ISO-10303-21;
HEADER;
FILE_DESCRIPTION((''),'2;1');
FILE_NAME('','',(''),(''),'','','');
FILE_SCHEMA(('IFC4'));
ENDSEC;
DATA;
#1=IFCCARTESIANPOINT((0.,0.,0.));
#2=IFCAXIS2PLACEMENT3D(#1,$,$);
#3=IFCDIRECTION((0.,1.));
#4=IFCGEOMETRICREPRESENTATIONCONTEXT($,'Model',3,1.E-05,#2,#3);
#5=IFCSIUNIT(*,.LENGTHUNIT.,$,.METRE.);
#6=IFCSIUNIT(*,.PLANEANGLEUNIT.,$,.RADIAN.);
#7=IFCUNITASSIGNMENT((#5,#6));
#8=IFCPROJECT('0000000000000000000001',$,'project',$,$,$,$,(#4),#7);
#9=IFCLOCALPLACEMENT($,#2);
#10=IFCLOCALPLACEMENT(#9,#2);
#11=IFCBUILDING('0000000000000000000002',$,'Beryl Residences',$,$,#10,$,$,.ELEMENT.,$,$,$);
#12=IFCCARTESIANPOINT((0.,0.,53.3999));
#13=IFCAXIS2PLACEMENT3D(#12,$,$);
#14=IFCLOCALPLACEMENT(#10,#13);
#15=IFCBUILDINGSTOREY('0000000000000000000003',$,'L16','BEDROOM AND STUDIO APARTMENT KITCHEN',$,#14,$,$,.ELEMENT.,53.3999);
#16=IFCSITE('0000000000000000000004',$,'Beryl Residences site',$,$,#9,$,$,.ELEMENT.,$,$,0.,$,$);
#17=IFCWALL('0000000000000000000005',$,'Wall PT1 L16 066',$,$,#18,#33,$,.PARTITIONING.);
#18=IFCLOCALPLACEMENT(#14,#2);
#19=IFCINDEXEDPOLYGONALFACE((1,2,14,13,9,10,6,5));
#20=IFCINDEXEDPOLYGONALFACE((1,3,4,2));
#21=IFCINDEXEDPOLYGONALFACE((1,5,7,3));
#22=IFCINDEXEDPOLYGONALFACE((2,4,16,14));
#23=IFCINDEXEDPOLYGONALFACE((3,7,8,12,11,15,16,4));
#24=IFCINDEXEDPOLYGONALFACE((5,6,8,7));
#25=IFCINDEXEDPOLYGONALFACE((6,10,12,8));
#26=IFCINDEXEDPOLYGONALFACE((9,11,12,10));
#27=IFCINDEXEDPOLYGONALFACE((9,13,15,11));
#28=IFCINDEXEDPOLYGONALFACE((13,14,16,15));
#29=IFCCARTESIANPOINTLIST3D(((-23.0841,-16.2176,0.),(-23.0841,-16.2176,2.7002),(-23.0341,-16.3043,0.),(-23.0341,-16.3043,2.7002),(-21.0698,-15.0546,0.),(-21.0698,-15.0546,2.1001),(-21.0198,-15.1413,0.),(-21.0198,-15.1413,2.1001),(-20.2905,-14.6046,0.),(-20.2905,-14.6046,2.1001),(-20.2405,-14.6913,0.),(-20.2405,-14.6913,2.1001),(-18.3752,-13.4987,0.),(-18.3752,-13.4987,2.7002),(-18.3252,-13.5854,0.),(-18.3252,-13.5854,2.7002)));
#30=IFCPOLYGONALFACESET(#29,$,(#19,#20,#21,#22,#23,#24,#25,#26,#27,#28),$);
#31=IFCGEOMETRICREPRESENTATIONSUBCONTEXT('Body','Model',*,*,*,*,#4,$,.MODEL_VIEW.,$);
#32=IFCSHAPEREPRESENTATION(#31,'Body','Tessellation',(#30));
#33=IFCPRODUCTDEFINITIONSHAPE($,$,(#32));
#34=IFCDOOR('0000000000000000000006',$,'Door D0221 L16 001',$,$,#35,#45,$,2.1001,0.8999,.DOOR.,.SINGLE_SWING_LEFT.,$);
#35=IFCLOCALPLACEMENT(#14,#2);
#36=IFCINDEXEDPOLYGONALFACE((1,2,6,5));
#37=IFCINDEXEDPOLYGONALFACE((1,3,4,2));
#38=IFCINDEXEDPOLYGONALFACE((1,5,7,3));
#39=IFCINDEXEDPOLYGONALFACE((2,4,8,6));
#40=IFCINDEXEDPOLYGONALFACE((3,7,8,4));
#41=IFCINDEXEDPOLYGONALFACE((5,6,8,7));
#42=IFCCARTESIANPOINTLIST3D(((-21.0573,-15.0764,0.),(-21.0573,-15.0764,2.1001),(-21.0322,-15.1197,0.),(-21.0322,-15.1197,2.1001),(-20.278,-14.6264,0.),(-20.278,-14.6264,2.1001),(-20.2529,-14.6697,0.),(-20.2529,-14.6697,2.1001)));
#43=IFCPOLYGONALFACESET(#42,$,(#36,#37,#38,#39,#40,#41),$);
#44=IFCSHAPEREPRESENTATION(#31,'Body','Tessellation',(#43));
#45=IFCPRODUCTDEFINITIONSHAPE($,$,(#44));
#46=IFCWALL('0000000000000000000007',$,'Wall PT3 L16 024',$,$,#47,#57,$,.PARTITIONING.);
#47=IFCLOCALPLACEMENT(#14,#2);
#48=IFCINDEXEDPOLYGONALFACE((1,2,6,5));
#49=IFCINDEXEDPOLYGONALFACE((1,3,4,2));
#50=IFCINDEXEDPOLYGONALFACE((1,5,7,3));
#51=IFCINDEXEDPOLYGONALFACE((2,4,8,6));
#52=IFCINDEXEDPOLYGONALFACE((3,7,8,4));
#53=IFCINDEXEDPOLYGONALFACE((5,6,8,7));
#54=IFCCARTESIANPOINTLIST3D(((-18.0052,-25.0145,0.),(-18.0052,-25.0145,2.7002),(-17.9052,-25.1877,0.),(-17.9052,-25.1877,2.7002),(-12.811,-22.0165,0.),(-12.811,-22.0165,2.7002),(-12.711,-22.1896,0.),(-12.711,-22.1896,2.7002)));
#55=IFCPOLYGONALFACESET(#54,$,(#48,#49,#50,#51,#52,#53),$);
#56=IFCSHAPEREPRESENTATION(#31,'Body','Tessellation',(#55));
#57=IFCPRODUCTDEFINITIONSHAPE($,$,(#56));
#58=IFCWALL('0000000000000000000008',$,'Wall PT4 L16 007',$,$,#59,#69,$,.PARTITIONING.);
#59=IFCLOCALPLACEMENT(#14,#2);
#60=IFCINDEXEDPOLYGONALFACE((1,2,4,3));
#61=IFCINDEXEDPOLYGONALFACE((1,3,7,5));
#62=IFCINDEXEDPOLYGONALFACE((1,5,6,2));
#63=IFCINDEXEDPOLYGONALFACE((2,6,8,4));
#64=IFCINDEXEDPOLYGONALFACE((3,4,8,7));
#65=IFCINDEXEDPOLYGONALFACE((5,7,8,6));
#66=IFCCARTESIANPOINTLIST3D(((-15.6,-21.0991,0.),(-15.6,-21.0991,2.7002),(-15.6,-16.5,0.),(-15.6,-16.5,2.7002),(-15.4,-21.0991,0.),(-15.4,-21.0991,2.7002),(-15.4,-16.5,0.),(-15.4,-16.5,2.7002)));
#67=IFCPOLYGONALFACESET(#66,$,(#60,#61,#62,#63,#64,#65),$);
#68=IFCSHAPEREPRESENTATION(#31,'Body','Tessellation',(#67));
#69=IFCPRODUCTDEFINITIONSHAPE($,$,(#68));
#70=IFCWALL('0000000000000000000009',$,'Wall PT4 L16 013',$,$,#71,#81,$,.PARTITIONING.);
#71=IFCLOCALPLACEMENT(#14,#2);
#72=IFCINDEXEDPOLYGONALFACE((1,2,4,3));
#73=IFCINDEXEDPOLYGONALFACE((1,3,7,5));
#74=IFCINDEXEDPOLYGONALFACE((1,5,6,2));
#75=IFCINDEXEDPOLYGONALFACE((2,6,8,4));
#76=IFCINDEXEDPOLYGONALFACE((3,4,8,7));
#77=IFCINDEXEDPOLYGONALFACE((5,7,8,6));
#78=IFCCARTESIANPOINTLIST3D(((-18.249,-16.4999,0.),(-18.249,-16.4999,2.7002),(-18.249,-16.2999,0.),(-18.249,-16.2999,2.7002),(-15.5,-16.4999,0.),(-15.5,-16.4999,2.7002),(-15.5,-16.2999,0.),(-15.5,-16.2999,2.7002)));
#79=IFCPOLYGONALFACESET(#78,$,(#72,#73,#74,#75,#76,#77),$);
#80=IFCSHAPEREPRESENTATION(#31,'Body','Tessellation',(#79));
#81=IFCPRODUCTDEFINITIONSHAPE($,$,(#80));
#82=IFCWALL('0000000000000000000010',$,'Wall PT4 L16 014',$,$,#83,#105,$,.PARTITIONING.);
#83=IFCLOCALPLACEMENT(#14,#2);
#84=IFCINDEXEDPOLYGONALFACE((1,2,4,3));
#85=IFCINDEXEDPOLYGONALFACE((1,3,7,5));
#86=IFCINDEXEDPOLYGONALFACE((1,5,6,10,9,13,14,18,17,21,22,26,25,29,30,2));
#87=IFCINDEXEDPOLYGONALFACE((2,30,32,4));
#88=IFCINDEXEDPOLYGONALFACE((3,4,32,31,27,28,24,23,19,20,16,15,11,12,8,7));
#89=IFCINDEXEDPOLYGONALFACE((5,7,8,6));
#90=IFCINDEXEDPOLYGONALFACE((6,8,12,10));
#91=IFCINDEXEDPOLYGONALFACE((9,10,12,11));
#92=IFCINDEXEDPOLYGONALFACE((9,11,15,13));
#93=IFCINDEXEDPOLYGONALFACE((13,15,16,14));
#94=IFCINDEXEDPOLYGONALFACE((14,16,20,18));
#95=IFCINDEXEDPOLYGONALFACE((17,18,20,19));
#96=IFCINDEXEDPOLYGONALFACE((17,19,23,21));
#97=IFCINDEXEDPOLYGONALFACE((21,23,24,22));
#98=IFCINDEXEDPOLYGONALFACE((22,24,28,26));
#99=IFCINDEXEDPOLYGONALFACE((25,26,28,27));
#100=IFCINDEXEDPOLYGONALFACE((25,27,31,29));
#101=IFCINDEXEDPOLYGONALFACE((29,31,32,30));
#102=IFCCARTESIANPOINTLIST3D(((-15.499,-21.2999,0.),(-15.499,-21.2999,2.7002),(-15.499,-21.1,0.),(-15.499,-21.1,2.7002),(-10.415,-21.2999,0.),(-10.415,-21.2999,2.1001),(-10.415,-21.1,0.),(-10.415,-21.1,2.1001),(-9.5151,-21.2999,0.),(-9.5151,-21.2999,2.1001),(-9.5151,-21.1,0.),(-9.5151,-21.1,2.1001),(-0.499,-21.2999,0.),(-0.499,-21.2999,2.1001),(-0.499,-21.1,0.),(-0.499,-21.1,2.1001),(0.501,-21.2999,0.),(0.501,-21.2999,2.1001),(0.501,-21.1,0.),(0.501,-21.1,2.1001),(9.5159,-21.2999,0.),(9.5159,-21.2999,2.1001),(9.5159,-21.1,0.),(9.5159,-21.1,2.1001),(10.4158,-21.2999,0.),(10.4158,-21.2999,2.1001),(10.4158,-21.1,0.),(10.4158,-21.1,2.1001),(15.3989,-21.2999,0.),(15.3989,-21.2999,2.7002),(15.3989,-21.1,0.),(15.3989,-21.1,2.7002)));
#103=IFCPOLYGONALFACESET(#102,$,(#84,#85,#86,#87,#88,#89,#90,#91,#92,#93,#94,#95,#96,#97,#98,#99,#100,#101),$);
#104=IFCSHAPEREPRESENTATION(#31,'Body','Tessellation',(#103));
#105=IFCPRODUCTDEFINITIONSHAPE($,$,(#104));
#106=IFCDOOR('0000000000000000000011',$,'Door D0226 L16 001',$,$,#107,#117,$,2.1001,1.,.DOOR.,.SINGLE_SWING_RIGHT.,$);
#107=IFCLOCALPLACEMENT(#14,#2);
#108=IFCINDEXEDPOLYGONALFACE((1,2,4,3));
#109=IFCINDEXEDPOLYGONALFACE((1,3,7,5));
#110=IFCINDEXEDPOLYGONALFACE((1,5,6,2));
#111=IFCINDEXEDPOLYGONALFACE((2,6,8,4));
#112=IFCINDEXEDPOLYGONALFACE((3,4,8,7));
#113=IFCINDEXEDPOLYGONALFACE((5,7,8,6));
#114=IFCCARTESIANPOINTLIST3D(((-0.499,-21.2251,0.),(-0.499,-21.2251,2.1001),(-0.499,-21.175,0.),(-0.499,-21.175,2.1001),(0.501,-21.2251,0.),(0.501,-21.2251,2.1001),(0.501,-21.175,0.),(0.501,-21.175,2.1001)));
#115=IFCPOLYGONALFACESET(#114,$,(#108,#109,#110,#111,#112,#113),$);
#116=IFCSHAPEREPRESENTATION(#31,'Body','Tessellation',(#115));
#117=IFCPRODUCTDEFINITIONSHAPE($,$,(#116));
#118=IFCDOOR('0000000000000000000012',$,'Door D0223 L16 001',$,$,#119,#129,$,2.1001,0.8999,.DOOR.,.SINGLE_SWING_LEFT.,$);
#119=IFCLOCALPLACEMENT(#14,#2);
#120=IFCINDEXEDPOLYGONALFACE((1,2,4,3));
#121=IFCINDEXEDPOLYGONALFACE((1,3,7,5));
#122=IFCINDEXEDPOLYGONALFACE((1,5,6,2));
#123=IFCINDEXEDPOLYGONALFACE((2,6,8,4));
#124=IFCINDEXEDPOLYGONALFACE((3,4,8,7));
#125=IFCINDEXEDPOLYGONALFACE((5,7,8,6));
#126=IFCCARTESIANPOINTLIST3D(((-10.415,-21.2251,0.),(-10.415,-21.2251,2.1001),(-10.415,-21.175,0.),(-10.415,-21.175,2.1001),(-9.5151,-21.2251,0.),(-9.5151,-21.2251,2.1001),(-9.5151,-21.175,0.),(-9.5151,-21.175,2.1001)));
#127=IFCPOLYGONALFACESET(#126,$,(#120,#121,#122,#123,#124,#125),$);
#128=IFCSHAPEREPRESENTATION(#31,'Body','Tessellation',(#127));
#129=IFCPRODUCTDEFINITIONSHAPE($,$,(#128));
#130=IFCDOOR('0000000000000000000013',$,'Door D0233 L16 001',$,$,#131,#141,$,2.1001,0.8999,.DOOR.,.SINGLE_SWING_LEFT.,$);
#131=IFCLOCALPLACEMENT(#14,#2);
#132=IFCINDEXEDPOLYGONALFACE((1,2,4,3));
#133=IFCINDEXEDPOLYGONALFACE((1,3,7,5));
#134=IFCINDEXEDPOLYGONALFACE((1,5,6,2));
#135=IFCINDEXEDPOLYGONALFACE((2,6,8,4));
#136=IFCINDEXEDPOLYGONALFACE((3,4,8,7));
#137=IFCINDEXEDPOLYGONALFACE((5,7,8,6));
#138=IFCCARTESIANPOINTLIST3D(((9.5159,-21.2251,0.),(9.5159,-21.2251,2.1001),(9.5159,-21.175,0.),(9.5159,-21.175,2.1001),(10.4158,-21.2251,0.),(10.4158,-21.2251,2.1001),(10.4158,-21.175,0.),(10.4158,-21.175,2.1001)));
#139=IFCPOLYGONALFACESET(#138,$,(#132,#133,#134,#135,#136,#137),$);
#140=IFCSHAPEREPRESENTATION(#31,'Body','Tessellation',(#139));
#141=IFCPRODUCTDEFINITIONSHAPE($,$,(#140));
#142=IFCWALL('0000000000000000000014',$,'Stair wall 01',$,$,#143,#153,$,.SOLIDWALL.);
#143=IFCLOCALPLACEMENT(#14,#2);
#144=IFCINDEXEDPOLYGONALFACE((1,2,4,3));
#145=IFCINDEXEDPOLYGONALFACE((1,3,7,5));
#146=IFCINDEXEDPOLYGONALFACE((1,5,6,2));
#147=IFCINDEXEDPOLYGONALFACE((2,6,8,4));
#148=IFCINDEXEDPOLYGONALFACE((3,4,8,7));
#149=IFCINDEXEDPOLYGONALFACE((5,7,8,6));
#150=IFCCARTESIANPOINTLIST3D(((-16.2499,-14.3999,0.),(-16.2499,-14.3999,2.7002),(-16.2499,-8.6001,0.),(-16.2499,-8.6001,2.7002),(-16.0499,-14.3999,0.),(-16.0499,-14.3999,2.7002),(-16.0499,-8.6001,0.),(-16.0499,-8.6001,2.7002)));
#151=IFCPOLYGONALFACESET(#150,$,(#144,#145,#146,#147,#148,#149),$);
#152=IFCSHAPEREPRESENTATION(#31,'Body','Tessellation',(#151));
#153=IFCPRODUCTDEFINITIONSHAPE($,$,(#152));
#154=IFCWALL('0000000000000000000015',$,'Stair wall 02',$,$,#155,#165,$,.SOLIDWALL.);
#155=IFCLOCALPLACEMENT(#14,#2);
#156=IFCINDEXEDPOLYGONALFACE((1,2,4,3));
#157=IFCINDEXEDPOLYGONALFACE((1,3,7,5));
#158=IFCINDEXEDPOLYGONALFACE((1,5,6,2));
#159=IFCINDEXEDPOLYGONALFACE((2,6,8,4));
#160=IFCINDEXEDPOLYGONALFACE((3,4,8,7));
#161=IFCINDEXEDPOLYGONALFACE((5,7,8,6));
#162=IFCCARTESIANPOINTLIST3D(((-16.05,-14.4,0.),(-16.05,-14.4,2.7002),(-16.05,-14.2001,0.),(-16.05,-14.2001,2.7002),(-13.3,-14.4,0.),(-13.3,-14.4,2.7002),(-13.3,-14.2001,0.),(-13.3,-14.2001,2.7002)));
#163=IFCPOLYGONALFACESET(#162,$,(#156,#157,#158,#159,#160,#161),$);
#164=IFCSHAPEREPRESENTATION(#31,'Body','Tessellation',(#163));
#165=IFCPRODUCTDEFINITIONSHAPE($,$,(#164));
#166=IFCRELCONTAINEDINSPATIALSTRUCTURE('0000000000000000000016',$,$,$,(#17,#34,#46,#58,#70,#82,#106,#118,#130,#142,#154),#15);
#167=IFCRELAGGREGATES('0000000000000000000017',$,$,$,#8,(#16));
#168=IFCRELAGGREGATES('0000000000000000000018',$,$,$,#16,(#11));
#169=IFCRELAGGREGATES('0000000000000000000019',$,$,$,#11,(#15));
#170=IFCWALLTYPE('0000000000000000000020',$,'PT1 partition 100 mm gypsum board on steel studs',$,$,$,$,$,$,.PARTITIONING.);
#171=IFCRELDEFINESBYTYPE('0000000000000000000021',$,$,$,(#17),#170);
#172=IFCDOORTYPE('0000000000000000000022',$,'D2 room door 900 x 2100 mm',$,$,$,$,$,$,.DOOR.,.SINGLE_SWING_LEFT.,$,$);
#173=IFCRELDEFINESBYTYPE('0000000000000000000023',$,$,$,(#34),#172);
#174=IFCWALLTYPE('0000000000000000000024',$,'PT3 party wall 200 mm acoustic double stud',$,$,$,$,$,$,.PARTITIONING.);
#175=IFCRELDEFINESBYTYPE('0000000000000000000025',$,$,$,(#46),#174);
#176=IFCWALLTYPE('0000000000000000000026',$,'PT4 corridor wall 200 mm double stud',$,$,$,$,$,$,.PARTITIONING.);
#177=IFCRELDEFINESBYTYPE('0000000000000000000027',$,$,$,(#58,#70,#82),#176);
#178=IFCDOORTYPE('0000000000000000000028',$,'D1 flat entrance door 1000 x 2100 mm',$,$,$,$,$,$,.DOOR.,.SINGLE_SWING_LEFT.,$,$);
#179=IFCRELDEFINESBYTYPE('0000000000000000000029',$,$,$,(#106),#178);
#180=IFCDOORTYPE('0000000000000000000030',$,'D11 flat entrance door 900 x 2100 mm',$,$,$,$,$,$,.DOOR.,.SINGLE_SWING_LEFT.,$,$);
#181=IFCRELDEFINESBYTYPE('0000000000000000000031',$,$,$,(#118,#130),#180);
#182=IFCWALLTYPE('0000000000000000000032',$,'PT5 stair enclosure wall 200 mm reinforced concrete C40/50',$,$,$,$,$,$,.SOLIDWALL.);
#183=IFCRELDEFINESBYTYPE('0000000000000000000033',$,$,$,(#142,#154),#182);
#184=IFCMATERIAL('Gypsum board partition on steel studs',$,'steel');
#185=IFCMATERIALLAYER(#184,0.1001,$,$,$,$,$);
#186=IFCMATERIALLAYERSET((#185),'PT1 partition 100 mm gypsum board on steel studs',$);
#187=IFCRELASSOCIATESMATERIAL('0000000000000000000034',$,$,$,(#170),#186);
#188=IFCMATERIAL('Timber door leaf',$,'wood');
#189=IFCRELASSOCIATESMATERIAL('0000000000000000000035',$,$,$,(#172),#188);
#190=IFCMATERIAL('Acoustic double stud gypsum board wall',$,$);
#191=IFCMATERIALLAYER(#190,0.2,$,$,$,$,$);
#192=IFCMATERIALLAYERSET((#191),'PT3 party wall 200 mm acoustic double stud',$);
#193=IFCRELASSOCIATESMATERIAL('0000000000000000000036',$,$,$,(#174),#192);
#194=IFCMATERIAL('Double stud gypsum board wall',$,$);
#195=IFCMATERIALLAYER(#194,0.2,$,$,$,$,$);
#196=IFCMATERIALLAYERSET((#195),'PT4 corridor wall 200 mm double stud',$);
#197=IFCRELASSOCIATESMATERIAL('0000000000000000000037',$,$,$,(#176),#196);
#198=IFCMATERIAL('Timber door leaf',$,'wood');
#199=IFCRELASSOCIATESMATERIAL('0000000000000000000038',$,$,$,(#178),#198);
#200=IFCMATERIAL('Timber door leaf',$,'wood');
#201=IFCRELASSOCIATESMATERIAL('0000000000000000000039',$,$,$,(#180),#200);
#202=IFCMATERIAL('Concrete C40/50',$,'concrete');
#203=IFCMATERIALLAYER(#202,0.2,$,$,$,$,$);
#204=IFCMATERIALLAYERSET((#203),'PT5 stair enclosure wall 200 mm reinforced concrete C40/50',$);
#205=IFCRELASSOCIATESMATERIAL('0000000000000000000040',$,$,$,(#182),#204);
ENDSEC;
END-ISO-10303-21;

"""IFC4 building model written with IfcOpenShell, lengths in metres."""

from ifc_helpers import new_model, si_unit, direction, frame, frame_2d, origin, place, context, subcontext, project, spatial, rectangle, extrude, material, layer, layer_set, type_object, element, fill, save


model = new_model("IFC4")

# Units and contexts
model_context = context("Model", 3, precision=1e-05, world=origin(), true_north=direction((0.0, 1.0)))
body_context = subcontext(model_context, "Body", "Model", "MODEL_VIEW")
ifc_project = project(units=[si_unit("LENGTHUNIT", "METRE"), si_unit("PLANEANGLEUNIT", "RADIAN")], contexts=[model_context])

# Site, building, storey
site_placement = place(None, origin())
site = spatial("IfcSite", under=ifc_project, at=site_placement, Name="Beryl Residences site", CompositionType="ELEMENT", RefElevation=0.0)
building_placement = place(site_placement, origin())
building = spatial("IfcBuilding", under=site, at=building_placement, Name="Beryl Residences", CompositionType="ELEMENT")
storey_placement = place(building_placement, frame((0.0, 0.0, 53.3999)))
storey = spatial("IfcBuildingStorey", under=building, at=storey_placement, Name="L16", Description="BEDROOM AND STUDIO APARTMENT KITCHEN", CompositionType="ELEMENT", Elevation=53.3999)

# Wall, opening, door
ifc_material_1 = material(Name="Gypsum board partition on steel studs", Category="steel")
ifc_layer_1 = layer(ifc_material_1, 0.1001)
ifc_layer_set_1 = layer_set([ifc_layer_1], Name="PT1 partition 100 mm gypsum board on steel studs")
wall_type_1 = type_object("IfcWallType", Name="PT1 partition 100 mm gypsum board on steel studs", PredefinedType="PARTITIONING", material=ifc_layer_set_1)
ifc_material_2 = material(Name="Timber door leaf", Category="wood")
door_type_1 = type_object("IfcDoorType", Name="D2 room door 900 x 2100 mm", OperationType="SINGLE_SWING_LEFT", PredefinedType="DOOR", material=ifc_material_2)
wall_1_placement = place(storey_placement, frame((-23.0591, -16.261, 0.0), z_axis=(0.0, 0.0, 1.0), x_axis=(0.866005, 0.500036, 0.0)))
wall_1 = element("IfcWall", 1, at=wall_1_placement, inside=storey, type_object=wall_type_1, Name="Wall PT1 L16 066", PredefinedType="PARTITIONING", context=body_context, shape_type="SweptSolid", body=[
    extrude(rectangle(XDim=5.4375, YDim=0.1001, at=frame_2d((2.7188, 0.0))), origin(), (0.0, 0.0, 1.0), 2.7002),
])
opening_1_placement = place(wall_1_placement, frame((2.3259, 0.0, 0.0)))
opening_1 = element("IfcOpeningElement", 2, at=opening_1_placement, cuts=wall_1, PredefinedType="OPENING", context=body_context, shape_type="SweptSolid", body=[
    extrude(rectangle(XDim=0.8999, YDim=2.1001, at=frame_2d((0.45, 1.05))), frame((0.0, 0.0601, 0.0), z_axis=(0.0, -1.0, 0.0), x_axis=(1.0, 0.0, 0.0)), (0.0, 0.0, 1.0), 0.1201),
])
door_1_placement = place(opening_1_placement, origin())
door_1 = element("IfcDoor", 3, at=door_1_placement, inside=storey, type_object=door_type_1, Name="Door D0221 L16 001", OperationType="SINGLE_SWING_LEFT", OverallHeight=2.1001, OverallWidth=0.8999, PredefinedType="DOOR", context=body_context, shape_type="SweptSolid", body=[
    extrude(rectangle(XDim=0.8999, YDim=2.1001, at=frame_2d((0.45, 1.05))), frame((0.0, 0.0249, 0.0), z_axis=(0.0, -1.0, 0.0), x_axis=(1.0, 0.0, 0.0)), (0.0, 0.0, 1.0), 0.05),
])
fill(opening_1, door_1)

# Walls
ifc_material_3 = material(Name="Acoustic double stud gypsum board wall")
ifc_layer_2 = layer(ifc_material_3, 0.2)
ifc_layer_set_2 = layer_set([ifc_layer_2], Name="PT3 party wall 200 mm acoustic double stud")
wall_type_2 = type_object("IfcWallType", Name="PT3 party wall 200 mm acoustic double stud", PredefinedType="PARTITIONING", material=ifc_layer_set_2)
wall_2_placement = place(storey_placement, frame((-17.9551, -25.1011, 0.0), z_axis=(0.0, 0.0, 1.0), x_axis=(0.866081, 0.499905, 0.0)))
element("IfcWall", 4, at=wall_2_placement, inside=storey, type_object=wall_type_2, Name="Wall PT3 L16 024", PredefinedType="PARTITIONING", context=body_context, shape_type="SweptSolid", body=[
    extrude(rectangle(XDim=5.9973, YDim=0.2, at=frame_2d((2.9985, 0.0))), origin(), (0.0, 0.0, 1.0), 2.7002),
])
ifc_material_4 = material(Name="Double stud gypsum board wall")
ifc_layer_3 = layer(ifc_material_4, 0.2)
ifc_layer_set_3 = layer_set([ifc_layer_3], Name="PT4 corridor wall 200 mm double stud")
wall_type_3 = type_object("IfcWallType", Name="PT4 corridor wall 200 mm double stud", PredefinedType="PARTITIONING", material=ifc_layer_set_3)
wall_3_placement = place(storey_placement, frame((-15.5, -16.5, 0.0), z_axis=(0.0, 0.0, 1.0), x_axis=(0.0, -1.0, 0.0)))
element("IfcWall", 5, at=wall_3_placement, inside=storey, type_object=wall_type_3, Name="Wall PT4 L16 007", PredefinedType="PARTITIONING", context=body_context, shape_type="SweptSolid", body=[
    extrude(rectangle(XDim=4.5991, YDim=0.2, at=frame_2d((2.2996, 0.0))), origin(), (0.0, 0.0, 1.0), 2.7002),
])
wall_4_placement = place(storey_placement, frame((-18.249, -16.3999, 0.0), z_axis=(0.0, 0.0, 1.0), x_axis=(1.0, 0.0, 0.0)))
element("IfcWall", 6, at=wall_4_placement, inside=storey, type_object=wall_type_3, Name="Wall PT4 L16 013", PredefinedType="PARTITIONING", context=body_context, shape_type="SweptSolid", body=[
    extrude(rectangle(XDim=2.749, YDim=0.2, at=frame_2d((1.3745, 0.0))), origin(), (0.0, 0.0, 1.0), 2.7002),
])

# Wall, openings, doors
wall_5_placement = place(storey_placement, frame((-15.499, -21.2, 0.0), z_axis=(0.0, 0.0, 1.0), x_axis=(1.0, 0.0, 0.0)))
wall_5 = element("IfcWall", 7, at=wall_5_placement, inside=storey, type_object=wall_type_3, Name="Wall PT4 L16 014", PredefinedType="PARTITIONING", context=body_context, shape_type="SweptSolid", body=[
    extrude(rectangle(XDim=30.8979, YDim=0.2, at=frame_2d((15.449, 0.0))), origin(), (0.0, 0.0, 1.0), 2.7002),
])
opening_2_placement = place(wall_5_placement, frame((5.084, 0.0, 0.0)))
opening_2 = element("IfcOpeningElement", 8, at=opening_2_placement, cuts=wall_5, PredefinedType="OPENING", context=body_context, shape_type="SweptSolid", body=[
    extrude(rectangle(XDim=0.8999, YDim=2.1001, at=frame_2d((0.45, 1.05))), frame((0.0, 0.1099, 0.0), z_axis=(0.0, -1.0, 0.0), x_axis=(1.0, 0.0, 0.0)), (0.0, 0.0, 1.0), 0.22),
])
opening_3_placement = place(wall_5_placement, frame((15.0, 0.0, 0.0)))
opening_3 = element("IfcOpeningElement", 9, at=opening_3_placement, cuts=wall_5, PredefinedType="OPENING", context=body_context, shape_type="SweptSolid", body=[
    extrude(rectangle(XDim=1.0, YDim=2.1001, at=frame_2d((0.5, 1.05))), frame((0.0, 0.1099, 0.0), z_axis=(0.0, -1.0, 0.0), x_axis=(1.0, 0.0, 0.0)), (0.0, 0.0, 1.0), 0.22),
])
opening_4_placement = place(wall_5_placement, frame((25.0149, 0.0, 0.0)))
opening_4 = element("IfcOpeningElement", 10, at=opening_4_placement, cuts=wall_5, PredefinedType="OPENING", context=body_context, shape_type="SweptSolid", body=[
    extrude(rectangle(XDim=0.8999, YDim=2.1001, at=frame_2d((0.45, 1.05))), frame((0.0, 0.1099, 0.0), z_axis=(0.0, -1.0, 0.0), x_axis=(1.0, 0.0, 0.0)), (0.0, 0.0, 1.0), 0.22),
])
ifc_material_5 = material(Name="Timber door leaf", Category="wood")
door_type_2 = type_object("IfcDoorType", Name="D1 flat entrance door 1000 x 2100 mm", OperationType="SINGLE_SWING_LEFT", PredefinedType="DOOR", material=ifc_material_5)
door_2_placement = place(opening_3_placement, origin())
door_2 = element("IfcDoor", 11, at=door_2_placement, inside=storey, type_object=door_type_2, Name="Door D0226 L16 001", OperationType="SINGLE_SWING_RIGHT", OverallHeight=2.1001, OverallWidth=1.0, PredefinedType="DOOR", context=body_context, shape_type="SweptSolid", body=[
    extrude(rectangle(XDim=1.0, YDim=2.1001, at=frame_2d((0.5, 1.05))), frame((0.0, 0.0249, 0.0), z_axis=(0.0, -1.0, 0.0), x_axis=(1.0, 0.0, 0.0)), (0.0, 0.0, 1.0), 0.05),
])
fill(opening_3, door_2)
ifc_material_6 = material(Name="Timber door leaf", Category="wood")
door_type_3 = type_object("IfcDoorType", Name="D11 flat entrance door 900 x 2100 mm", OperationType="SINGLE_SWING_LEFT", PredefinedType="DOOR", material=ifc_material_6)
door_3_placement = place(opening_2_placement, origin())
door_3 = element("IfcDoor", 12, at=door_3_placement, inside=storey, type_object=door_type_3, Name="Door D0223 L16 001", OperationType="SINGLE_SWING_LEFT", OverallHeight=2.1001, OverallWidth=0.8999, PredefinedType="DOOR", context=body_context, shape_type="SweptSolid", body=[
    extrude(rectangle(XDim=0.8999, YDim=2.1001, at=frame_2d((0.45, 1.05))), frame((0.0, 0.0249, 0.0), z_axis=(0.0, -1.0, 0.0), x_axis=(1.0, 0.0, 0.0)), (0.0, 0.0, 1.0), 0.05),
])
fill(opening_2, door_3)
door_4_placement = place(opening_4_placement, origin())
door_4 = element("IfcDoor", 13, at=door_4_placement, inside=storey, type_object=door_type_3, Name="Door D0233 L16 001", OperationType="SINGLE_SWING_LEFT", OverallHeight=2.1001, OverallWidth=0.8999, PredefinedType="DOOR", context=body_context, shape_type="SweptSolid", body=[
    extrude(rectangle(XDim=0.8999, YDim=2.1001, at=frame_2d((0.45, 1.05))), frame((0.0, 0.0249, 0.0), z_axis=(0.0, -1.0, 0.0), x_axis=(1.0, 0.0, 0.0)), (0.0, 0.0, 1.0), 0.05),
])
fill(opening_4, door_4)

# Walls
ifc_material_7 = material(Name="Concrete C40/50", Category="concrete")
ifc_layer_4 = layer(ifc_material_7, 0.2)
ifc_layer_set_4 = layer_set([ifc_layer_4], Name="PT5 stair enclosure wall 200 mm reinforced concrete C40/50")
wall_type_4 = type_object("IfcWallType", Name="PT5 stair enclosure wall 200 mm reinforced concrete C40/50", PredefinedType="SOLIDWALL", material=ifc_layer_set_4)
wall_6_placement = place(storey_placement, frame((-16.1499, -14.3999, 0.0), z_axis=(0.0, 0.0, 1.0), x_axis=(0.0, 1.0, 0.0)))
element("IfcWall", 14, at=wall_6_placement, inside=storey, type_object=wall_type_4, Name="Stair wall 01", PredefinedType="SOLIDWALL", context=body_context, shape_type="SweptSolid", body=[
    extrude(rectangle(XDim=5.7998, YDim=0.2, at=frame_2d((2.8999, 0.0))), origin(), (0.0, 0.0, 1.0), 2.7002),
])
wall_7_placement = place(storey_placement, frame((-16.05, -14.3, 0.0), z_axis=(0.0, 0.0, 1.0), x_axis=(1.0, 0.0, 0.0)))
element("IfcWall", 15, at=wall_7_placement, inside=storey, type_object=wall_type_4, Name="Stair wall 02", PredefinedType="SOLIDWALL", context=body_context, shape_type="SweptSolid", body=[
    extrude(rectangle(XDim=2.75, YDim=0.2, at=frame_2d((1.375, 0.0))), origin(), (0.0, 0.0, 1.0), 2.7002),
])

save(model, "model.ifc")
